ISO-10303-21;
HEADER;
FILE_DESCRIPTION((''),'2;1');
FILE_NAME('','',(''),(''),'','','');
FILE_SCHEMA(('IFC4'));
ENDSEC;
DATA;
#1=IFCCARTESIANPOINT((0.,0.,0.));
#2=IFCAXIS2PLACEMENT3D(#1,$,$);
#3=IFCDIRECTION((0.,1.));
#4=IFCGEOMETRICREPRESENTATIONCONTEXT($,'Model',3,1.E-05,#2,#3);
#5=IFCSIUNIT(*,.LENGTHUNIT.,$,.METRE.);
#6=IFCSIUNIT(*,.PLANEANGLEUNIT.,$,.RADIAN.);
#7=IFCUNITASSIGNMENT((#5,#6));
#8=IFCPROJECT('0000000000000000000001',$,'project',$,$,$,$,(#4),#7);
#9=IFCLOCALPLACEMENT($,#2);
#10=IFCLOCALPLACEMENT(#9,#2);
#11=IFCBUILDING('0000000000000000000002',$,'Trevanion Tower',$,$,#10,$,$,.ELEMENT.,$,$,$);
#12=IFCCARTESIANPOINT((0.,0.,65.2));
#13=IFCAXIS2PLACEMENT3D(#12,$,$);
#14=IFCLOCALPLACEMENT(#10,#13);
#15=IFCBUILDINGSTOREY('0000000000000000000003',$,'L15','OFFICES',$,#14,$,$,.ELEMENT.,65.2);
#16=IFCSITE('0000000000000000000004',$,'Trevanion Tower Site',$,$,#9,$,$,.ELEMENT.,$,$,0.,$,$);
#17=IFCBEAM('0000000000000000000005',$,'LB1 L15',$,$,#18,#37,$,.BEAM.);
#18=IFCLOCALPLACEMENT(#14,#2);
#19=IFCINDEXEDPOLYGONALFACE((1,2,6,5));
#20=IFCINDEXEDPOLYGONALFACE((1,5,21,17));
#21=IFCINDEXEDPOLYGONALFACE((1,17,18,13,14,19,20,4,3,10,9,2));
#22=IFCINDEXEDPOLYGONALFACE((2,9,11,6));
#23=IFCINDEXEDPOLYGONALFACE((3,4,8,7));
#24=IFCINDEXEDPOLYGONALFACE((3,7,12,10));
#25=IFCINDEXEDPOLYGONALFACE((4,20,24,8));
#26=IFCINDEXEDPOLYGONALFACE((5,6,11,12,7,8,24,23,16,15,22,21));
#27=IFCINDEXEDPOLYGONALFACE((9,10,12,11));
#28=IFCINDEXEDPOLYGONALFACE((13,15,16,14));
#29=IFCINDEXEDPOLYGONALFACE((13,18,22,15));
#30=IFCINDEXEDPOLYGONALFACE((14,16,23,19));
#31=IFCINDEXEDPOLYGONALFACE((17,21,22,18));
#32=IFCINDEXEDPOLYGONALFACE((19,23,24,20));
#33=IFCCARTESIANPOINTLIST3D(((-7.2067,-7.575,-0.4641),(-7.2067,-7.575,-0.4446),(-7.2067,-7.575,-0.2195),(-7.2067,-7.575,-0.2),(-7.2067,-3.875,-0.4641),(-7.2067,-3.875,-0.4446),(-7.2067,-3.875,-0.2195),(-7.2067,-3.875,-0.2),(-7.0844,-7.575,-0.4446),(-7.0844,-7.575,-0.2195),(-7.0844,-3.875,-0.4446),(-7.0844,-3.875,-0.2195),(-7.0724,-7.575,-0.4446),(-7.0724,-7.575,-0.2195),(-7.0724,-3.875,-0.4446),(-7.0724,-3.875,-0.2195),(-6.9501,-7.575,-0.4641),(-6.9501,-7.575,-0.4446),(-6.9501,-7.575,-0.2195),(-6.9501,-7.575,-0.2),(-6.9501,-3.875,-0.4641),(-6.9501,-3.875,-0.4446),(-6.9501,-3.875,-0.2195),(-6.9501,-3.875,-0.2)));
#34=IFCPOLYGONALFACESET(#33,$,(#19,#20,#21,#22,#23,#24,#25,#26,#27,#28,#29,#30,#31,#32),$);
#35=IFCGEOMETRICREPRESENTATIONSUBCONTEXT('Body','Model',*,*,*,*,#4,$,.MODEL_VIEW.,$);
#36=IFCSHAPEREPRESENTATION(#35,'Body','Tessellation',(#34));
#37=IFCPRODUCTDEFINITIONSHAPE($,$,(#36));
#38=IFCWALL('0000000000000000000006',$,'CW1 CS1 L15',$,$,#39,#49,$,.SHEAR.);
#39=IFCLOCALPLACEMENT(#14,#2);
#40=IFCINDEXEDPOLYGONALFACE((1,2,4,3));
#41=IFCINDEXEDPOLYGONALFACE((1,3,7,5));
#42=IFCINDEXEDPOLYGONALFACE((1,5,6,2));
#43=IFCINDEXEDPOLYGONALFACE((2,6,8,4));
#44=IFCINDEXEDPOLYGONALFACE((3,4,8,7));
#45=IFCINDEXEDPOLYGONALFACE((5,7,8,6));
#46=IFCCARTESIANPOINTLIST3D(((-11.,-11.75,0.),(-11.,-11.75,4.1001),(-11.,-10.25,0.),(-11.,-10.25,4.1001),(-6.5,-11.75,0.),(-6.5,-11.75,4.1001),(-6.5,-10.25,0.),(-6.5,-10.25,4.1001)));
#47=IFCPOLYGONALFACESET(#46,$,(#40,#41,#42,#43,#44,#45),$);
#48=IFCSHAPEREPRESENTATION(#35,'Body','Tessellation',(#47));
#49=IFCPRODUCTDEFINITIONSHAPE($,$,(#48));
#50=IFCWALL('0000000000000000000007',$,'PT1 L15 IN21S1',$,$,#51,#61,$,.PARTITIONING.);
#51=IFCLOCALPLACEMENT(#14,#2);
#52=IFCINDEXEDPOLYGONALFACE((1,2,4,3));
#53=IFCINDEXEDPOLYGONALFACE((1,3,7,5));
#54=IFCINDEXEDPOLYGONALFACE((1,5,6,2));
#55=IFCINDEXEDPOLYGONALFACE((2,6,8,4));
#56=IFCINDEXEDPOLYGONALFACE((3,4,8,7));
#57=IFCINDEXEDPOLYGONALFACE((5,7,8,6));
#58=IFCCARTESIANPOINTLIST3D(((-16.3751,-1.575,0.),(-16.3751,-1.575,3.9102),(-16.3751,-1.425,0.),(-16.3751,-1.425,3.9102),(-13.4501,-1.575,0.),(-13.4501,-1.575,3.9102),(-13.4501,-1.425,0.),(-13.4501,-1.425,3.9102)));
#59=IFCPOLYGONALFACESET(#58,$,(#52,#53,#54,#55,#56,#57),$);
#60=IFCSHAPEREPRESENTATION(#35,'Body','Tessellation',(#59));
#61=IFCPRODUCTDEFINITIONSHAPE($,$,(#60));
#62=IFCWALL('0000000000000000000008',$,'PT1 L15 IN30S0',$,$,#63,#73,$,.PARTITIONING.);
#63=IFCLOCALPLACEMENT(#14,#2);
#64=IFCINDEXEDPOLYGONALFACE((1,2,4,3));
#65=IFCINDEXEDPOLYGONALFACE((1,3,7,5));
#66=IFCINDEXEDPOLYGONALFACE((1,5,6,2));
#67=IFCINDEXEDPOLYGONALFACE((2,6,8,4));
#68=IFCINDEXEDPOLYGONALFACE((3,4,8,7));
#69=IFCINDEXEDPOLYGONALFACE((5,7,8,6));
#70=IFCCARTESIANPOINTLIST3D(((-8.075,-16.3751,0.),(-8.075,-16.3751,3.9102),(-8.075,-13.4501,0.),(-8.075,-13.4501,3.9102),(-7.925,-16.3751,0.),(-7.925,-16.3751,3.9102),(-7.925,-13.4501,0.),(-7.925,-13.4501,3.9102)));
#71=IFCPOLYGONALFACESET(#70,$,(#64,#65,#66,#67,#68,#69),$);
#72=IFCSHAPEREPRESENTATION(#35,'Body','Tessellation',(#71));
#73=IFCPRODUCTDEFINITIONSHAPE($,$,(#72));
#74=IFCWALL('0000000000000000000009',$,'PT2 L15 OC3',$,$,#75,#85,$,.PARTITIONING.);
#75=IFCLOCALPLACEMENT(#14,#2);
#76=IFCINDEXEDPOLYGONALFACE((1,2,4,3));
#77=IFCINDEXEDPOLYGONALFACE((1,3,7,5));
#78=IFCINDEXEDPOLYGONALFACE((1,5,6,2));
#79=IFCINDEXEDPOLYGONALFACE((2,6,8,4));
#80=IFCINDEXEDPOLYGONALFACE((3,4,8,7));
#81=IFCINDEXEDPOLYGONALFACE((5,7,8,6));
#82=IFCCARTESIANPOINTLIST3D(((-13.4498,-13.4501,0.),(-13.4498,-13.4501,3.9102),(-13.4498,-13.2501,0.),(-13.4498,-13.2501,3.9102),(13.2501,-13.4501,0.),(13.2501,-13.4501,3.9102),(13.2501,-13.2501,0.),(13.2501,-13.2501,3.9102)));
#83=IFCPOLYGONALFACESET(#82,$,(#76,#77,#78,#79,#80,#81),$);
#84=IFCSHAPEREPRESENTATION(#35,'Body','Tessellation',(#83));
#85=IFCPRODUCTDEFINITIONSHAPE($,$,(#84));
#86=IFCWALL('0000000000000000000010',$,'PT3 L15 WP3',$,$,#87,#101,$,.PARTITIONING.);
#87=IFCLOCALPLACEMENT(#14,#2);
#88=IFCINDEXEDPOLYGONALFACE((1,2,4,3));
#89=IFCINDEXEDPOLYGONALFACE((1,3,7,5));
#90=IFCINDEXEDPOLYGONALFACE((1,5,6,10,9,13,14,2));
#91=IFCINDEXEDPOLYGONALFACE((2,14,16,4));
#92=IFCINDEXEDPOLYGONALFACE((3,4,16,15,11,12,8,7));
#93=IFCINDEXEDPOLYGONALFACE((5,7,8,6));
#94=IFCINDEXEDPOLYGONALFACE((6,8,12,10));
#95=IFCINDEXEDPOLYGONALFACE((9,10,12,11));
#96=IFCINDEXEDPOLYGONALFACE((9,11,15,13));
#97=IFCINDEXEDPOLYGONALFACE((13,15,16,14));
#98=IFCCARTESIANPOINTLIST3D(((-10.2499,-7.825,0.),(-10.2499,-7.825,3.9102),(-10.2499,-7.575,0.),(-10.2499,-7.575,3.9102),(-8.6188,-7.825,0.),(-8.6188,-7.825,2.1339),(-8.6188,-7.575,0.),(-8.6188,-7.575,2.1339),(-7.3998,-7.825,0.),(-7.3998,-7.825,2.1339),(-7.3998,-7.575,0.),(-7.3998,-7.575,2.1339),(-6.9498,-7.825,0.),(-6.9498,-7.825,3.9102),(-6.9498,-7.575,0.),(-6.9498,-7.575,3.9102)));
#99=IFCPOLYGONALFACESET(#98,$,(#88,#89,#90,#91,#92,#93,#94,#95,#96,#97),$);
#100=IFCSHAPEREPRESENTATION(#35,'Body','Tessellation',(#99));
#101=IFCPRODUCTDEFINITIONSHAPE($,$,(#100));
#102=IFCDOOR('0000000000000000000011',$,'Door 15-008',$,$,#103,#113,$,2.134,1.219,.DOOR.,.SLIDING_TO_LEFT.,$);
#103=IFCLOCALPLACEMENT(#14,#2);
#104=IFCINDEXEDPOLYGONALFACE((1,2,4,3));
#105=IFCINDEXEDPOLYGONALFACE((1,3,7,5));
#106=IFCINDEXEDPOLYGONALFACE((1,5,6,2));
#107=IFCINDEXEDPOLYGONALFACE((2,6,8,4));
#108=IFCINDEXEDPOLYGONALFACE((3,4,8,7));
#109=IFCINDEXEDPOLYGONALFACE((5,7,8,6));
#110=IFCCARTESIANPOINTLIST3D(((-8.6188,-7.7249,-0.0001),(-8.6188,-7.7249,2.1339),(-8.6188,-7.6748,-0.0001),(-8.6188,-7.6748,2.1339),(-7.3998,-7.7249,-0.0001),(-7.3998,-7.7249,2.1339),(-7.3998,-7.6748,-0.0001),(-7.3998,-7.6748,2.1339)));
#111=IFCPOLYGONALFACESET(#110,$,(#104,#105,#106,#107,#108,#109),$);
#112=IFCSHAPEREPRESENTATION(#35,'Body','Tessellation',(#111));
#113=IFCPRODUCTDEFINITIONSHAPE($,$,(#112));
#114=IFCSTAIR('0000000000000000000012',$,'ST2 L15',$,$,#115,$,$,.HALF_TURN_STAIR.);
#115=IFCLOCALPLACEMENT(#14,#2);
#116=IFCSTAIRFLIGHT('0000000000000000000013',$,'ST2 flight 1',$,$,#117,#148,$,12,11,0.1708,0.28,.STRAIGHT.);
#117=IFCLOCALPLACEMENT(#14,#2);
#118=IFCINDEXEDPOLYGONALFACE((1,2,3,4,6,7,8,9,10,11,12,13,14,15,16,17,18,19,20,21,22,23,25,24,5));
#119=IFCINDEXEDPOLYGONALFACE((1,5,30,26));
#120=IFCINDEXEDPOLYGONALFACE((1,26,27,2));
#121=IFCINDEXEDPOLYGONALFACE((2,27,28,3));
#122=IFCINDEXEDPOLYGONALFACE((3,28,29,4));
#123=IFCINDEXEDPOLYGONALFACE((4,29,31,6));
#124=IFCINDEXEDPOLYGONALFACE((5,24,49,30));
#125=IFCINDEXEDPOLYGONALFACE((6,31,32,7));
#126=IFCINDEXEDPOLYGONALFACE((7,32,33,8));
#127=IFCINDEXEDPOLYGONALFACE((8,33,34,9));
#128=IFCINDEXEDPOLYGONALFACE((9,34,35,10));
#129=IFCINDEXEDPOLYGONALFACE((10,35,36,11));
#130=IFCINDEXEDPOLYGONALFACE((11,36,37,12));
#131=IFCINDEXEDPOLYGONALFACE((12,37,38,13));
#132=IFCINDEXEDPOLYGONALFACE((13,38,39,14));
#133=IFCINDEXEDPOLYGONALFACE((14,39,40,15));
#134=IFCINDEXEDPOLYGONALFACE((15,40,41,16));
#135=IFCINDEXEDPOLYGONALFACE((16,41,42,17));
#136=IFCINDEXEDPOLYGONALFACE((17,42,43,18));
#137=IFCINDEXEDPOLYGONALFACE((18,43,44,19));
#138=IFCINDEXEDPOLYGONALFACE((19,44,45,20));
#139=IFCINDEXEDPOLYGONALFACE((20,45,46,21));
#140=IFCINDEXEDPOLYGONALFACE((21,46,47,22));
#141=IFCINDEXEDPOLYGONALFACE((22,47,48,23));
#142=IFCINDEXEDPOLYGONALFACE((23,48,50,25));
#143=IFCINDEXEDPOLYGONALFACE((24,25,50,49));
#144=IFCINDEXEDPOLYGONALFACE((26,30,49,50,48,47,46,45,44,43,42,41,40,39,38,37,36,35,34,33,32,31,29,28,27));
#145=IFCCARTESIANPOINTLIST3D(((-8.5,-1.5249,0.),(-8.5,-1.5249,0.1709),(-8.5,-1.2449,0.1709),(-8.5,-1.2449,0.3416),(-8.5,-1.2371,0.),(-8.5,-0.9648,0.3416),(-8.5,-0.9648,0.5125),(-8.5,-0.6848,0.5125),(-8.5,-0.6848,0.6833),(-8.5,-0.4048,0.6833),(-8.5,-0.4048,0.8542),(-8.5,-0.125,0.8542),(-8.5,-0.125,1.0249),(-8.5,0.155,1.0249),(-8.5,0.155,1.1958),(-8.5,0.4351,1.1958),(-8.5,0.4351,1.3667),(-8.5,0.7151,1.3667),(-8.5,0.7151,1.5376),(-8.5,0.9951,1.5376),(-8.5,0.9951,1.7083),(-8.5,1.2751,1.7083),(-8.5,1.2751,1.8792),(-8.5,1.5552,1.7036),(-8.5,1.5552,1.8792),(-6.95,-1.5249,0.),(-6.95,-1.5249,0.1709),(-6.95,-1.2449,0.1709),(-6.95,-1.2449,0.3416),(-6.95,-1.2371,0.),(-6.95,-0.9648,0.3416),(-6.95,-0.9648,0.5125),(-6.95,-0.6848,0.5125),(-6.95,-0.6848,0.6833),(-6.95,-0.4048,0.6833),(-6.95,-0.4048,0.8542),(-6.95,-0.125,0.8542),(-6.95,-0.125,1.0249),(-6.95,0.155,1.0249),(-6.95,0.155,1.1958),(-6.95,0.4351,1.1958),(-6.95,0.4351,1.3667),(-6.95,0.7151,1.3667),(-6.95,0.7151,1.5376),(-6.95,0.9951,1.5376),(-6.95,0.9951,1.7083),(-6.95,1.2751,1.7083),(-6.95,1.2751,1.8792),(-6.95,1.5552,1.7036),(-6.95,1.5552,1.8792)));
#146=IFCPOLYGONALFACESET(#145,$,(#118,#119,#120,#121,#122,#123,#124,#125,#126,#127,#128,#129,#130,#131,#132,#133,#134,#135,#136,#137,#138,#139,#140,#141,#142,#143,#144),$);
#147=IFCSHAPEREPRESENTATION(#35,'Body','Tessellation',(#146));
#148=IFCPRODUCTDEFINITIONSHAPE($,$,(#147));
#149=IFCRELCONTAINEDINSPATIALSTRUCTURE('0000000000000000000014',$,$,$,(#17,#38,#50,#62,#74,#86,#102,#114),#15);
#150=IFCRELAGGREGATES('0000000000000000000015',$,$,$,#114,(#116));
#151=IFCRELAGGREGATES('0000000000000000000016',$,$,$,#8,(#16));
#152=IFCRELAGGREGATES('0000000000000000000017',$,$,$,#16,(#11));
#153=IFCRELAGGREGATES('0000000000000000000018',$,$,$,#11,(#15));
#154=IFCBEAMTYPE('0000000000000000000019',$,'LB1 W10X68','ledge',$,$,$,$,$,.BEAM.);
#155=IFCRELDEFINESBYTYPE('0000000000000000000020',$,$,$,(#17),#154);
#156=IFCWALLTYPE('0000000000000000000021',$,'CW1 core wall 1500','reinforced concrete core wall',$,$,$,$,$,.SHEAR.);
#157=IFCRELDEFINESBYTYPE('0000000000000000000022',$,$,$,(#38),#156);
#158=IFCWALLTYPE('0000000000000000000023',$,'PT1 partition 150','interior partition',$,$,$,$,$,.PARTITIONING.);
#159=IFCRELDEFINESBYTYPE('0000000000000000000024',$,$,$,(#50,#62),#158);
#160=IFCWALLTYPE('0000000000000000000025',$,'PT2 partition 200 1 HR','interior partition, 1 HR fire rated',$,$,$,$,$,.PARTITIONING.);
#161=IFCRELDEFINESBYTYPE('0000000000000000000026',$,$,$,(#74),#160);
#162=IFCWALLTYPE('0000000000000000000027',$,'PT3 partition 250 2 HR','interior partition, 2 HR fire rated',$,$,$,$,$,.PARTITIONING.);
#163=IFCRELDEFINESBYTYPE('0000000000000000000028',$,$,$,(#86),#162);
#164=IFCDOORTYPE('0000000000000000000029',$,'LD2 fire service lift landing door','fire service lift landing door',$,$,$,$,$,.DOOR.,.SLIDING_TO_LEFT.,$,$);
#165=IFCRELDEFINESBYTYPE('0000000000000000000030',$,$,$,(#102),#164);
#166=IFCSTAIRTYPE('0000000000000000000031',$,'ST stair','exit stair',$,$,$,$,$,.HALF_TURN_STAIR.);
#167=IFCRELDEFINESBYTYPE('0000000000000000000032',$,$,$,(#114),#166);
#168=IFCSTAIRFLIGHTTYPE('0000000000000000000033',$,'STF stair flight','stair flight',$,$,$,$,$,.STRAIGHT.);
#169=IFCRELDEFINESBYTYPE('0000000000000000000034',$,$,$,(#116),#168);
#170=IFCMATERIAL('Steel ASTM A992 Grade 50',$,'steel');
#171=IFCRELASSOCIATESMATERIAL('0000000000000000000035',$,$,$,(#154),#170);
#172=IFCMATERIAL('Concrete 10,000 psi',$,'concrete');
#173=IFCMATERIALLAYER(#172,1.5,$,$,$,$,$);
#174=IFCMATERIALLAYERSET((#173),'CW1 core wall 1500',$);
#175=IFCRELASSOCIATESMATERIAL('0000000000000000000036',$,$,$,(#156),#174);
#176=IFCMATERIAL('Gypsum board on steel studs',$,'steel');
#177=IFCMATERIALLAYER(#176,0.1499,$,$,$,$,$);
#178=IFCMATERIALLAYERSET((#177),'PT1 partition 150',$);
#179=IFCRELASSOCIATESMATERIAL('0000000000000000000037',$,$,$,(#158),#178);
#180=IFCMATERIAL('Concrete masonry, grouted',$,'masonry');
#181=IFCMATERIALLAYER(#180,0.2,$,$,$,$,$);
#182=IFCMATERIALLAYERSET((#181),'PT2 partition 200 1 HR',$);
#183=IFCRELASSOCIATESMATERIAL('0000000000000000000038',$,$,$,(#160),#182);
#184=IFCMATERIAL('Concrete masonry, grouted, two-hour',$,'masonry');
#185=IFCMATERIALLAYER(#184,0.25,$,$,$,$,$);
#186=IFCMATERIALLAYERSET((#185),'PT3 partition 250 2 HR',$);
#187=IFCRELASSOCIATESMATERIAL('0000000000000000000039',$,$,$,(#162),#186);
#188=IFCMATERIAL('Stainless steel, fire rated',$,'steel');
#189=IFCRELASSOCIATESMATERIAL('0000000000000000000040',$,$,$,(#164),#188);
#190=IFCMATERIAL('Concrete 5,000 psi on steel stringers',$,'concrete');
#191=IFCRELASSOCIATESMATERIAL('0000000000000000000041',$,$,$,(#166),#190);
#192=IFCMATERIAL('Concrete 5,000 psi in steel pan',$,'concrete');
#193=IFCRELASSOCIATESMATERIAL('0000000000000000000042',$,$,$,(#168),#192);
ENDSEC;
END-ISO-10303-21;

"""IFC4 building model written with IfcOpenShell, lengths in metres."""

from ifc_helpers import new_model, si_unit, direction, frame, frame_2d, origin, origin_2d, place, context, subcontext, project, spatial, polyline, rectangle, i_section, outline, extrude, material, layer, layer_set, material_profile, profile_set, type_object, element, fill, aggregate, save


model = new_model("IFC4")

# Units and contexts
model_context = context("Model", 3, precision=1e-05, world=origin(), true_north=direction((0.0, 1.0)))
body_context = subcontext(model_context, "Body", "Model", "MODEL_VIEW")
ifc_project = project(units=[si_unit("LENGTHUNIT", "METRE"), si_unit("PLANEANGLEUNIT", "RADIAN")], contexts=[model_context])

# Site, building, storey
site_placement = place(None, origin())
site = spatial("IfcSite", under=ifc_project, at=site_placement, Name="Trevanion Tower Site", CompositionType="ELEMENT", RefElevation=0.0)
building_placement = place(site_placement, origin())
building = spatial("IfcBuilding", under=site, at=building_placement, Name="Trevanion Tower", CompositionType="ELEMENT")
storey_placement = place(building_placement, frame((0.0, 0.0, 65.2)))
storey = spatial("IfcBuildingStorey", under=building, at=storey_placement, Name="L15", Description="OFFICES", CompositionType="ELEMENT", Elevation=65.2)

# Beam
ifc_material_1 = material(Name="Steel ASTM A992 Grade 50", Category="steel")
ifc_material_profile_1 = material_profile(ifc_material_1, i_section(OverallWidth=0.2566, OverallDepth=0.2642, WebThickness=0.012, FlangeThickness=0.0195, at=origin_2d()), Name="W10X68")
ifc_profile_set_1 = profile_set([ifc_material_profile_1], Name="Steel ASTM A992 Grade 50")
beam_type_1 = type_object("IfcBeamType", Name="LB1 W10X68", Description="ledge", PredefinedType="BEAM", material=ifc_profile_set_1)
for number, where, z_axis, x_axis, name in (
    (1, (-7.0784, -7.575, -0.332), (0.0, 1.0, 0.0), (-1.0, 0.0, 0.0), "LB1 L15"),
):
    element("IfcBeam", number, at=place(storey_placement, frame(where, z_axis=z_axis, x_axis=x_axis)), inside=storey, type_object=beam_type_1, Name=name, PredefinedType="BEAM", context=body_context, shape_type="SweptSolid", body=[
        extrude(i_section(OverallWidth=0.2566, OverallDepth=0.2642, WebThickness=0.012, FlangeThickness=0.0195, at=origin_2d()), origin(), (0.0, 0.0, 1.0), 3.7),
    ])

# Walls
ifc_material_2 = material(Name="Concrete 10,000 psi", Category="concrete")
ifc_layer_1 = layer(ifc_material_2, 1.5)
ifc_layer_set_1 = layer_set([ifc_layer_1], Name="CW1 core wall 1500")
wall_type_1 = type_object("IfcWallType", Name="CW1 core wall 1500", Description="reinforced concrete core wall", PredefinedType="SHEAR", material=ifc_layer_set_1)
wall_1_placement = place(storey_placement, frame((-11.0, -11.0, 0.0), z_axis=(0.0, 0.0, 1.0), x_axis=(1.0, 0.0, 0.0)))
element("IfcWall", 2, at=wall_1_placement, inside=storey, type_object=wall_type_1, Name="CW1 CS1 L15", PredefinedType="SHEAR", context=body_context, shape_type="SweptSolid", body=[
    extrude(rectangle(XDim=4.5, YDim=1.5, at=frame_2d((2.25, 0.0))), origin(), (0.0, 0.0, 1.0), 4.1001),
])
ifc_material_3 = material(Name="Gypsum board on steel studs", Category="steel")
ifc_layer_2 = layer(ifc_material_3, 0.1499)
ifc_layer_set_2 = layer_set([ifc_layer_2], Name="PT1 partition 150")
wall_type_2 = type_object("IfcWallType", Name="PT1 partition 150", Description="interior partition", PredefinedType="PARTITIONING", material=ifc_layer_set_2)
for number, where, z_axis, x_axis, name in (
    (3, (-16.375, -1.5, 0.0), (0.0, 0.0, 1.0), (1.0, 0.0, 0.0), "PT1 L15 IN21S1"),
    (4, (-8.0, -16.375, 0.0), (0.0, 0.0, 1.0), (0.0, 1.0, 0.0), "PT1 L15 IN30S0"),
):
    element("IfcWall", number, at=place(storey_placement, frame(where, z_axis=z_axis, x_axis=x_axis)), inside=storey, type_object=wall_type_2, Name=name, PredefinedType="PARTITIONING", context=body_context, shape_type="SweptSolid", body=[
        extrude(rectangle(XDim=2.925, YDim=0.1499, at=frame_2d((1.4624, 0.0))), origin(), (0.0, 0.0, 1.0), 3.9102),
    ])
ifc_material_4 = material(Name="Concrete masonry, grouted", Category="masonry")
ifc_layer_3 = layer(ifc_material_4, 0.2)
ifc_layer_set_3 = layer_set([ifc_layer_3], Name="PT2 partition 200 1 HR")
wall_type_3 = type_object("IfcWallType", Name="PT2 partition 200 1 HR", Description="interior partition, 1 HR fire rated", PredefinedType="PARTITIONING", material=ifc_layer_set_3)
wall_2_placement = place(storey_placement, frame((-13.45, -13.3501, 0.0), z_axis=(0.0, 0.0, 1.0), x_axis=(1.0, 0.0, 0.0)))
element("IfcWall", 5, at=wall_2_placement, inside=storey, type_object=wall_type_3, Name="PT2 L15 OC3", PredefinedType="PARTITIONING", context=body_context, shape_type="SweptSolid", body=[
    extrude(rectangle(XDim=26.7, YDim=0.2, at=frame_2d((13.3501, 0.0))), origin(), (0.0, 0.0, 1.0), 3.9102),
])

# Wall, opening, door
ifc_material_5 = material(Name="Concrete masonry, grouted, two-hour", Category="masonry")
ifc_layer_4 = layer(ifc_material_5, 0.25)
ifc_layer_set_4 = layer_set([ifc_layer_4], Name="PT3 partition 250 2 HR")
wall_type_4 = type_object("IfcWallType", Name="PT3 partition 250 2 HR", Description="interior partition, 2 HR fire rated", PredefinedType="PARTITIONING", material=ifc_layer_set_4)
wall_3_placement = place(storey_placement, frame((-6.95, -7.7, 0.0), z_axis=(0.0, 0.0, 1.0), x_axis=(-1.0, 0.0, 0.0)))
wall_3 = element("IfcWall", 6, at=wall_3_placement, inside=storey, type_object=wall_type_4, Name="PT3 L15 WP3", PredefinedType="PARTITIONING", context=body_context, shape_type="SweptSolid", body=[
    extrude(rectangle(XDim=3.3, YDim=0.25, at=frame_2d((1.6499, 0.0))), origin(), (0.0, 0.0, 1.0), 3.9102),
])
opening_placement = place(wall_3_placement, frame((0.45, 0.0, 0.0)))
opening = element("IfcOpeningElement", 7, at=opening_placement, cuts=wall_3, PredefinedType="OPENING", context=body_context, shape_type="SweptSolid", body=[
    extrude(rectangle(XDim=1.219, YDim=2.134, at=frame_2d((0.6094, 1.0669))), frame((0.0, 0.135, 0.0), z_axis=(0.0, -1.0, 0.0), x_axis=(1.0, 0.0, 0.0)), (0.0, 0.0, 1.0), 0.27),
])
ifc_material_6 = material(Name="Stainless steel, fire rated", Category="steel")
door_type = type_object("IfcDoorType", Name="LD2 fire service lift landing door", Description="fire service lift landing door", OperationType="SLIDING_TO_LEFT", PredefinedType="DOOR", material=ifc_material_6)
door_placement = place(opening_placement, origin())
door = element("IfcDoor", 8, at=door_placement, inside=storey, type_object=door_type, Name="Door 15-008", OperationType="SLIDING_TO_LEFT", OverallHeight=2.134, OverallWidth=1.219, PredefinedType="DOOR", context=body_context, shape_type="SweptSolid", body=[
    extrude(rectangle(XDim=1.219, YDim=2.134, at=frame_2d((0.6094, 1.0669))), frame((0.0, 0.0249, 0.0), z_axis=(0.0, -1.0, 0.0), x_axis=(1.0, 0.0, 0.0)), (0.0, 0.0, 1.0), 0.05),
])
fill(opening, door)

# Stair, stair flight
ifc_material_7 = material(Name="Concrete 5,000 psi on steel stringers", Category="concrete")
stair_type = type_object("IfcStairType", Name="ST stair", Description="exit stair", PredefinedType="HALF_TURN_STAIR", material=ifc_material_7)
stair_placement = place(storey_placement, origin())
stair = element("IfcStair", 9, at=stair_placement, inside=storey, type_object=stair_type, Name="ST2 L15", PredefinedType="HALF_TURN_STAIR")
ifc_material_8 = material(Name="Concrete 5,000 psi in steel pan", Category="concrete")
stair_flight_type = type_object("IfcStairFlightType", Name="STF stair flight", Description="stair flight", PredefinedType="STRAIGHT", material=ifc_material_8)
stair_flight_placement = place(storey_placement, frame((-7.7251, -1.5249, 0.0), z_axis=(0.0, 0.0, 1.0), x_axis=(0.0, 1.0, 0.0)))
stair_flight = element("IfcStairFlight", 10, at=stair_flight_placement, type_object=stair_flight_type, Name="ST2 flight 1", NumberOfRisers=12, NumberOfTreads=11, PredefinedType="STRAIGHT", RiserHeight=0.1708, TreadLength=0.28, context=body_context, shape_type="SweptSolid", body=[
    extrude(outline(polyline([(0.0, 0.0), (0.0, 0.1709), (0.28, 0.1709), (0.28, 0.3416), (0.5601, 0.3416), (0.5601, 0.5125), (0.8401, 0.5125), (0.8401, 0.6833), (1.1201, 0.6833), (1.1201, 0.8542), (1.3999, 0.8542), (1.3999, 1.0249), (1.6799, 1.0249), (1.6799, 1.1958), (1.96, 1.1958), (1.96, 1.3667), (2.24, 1.3667), (2.24, 1.5376), (2.52, 1.5376), (2.52, 1.7083), (2.8, 1.7083), (2.8, 1.8792), (3.0801, 1.8792), (3.0801, 2.05), (3.0801, 1.7036), (0.2878, 0.0), (0.0, 0.0)])), frame((0.0, 0.7749, 0.0), z_axis=(0.0, -1.0, 0.0), x_axis=(1.0, 0.0, 0.0)), (0.0, 0.0, 1.0), 1.55),
])
aggregate(stair, [stair_flight])

save(model, "model.ifc")
